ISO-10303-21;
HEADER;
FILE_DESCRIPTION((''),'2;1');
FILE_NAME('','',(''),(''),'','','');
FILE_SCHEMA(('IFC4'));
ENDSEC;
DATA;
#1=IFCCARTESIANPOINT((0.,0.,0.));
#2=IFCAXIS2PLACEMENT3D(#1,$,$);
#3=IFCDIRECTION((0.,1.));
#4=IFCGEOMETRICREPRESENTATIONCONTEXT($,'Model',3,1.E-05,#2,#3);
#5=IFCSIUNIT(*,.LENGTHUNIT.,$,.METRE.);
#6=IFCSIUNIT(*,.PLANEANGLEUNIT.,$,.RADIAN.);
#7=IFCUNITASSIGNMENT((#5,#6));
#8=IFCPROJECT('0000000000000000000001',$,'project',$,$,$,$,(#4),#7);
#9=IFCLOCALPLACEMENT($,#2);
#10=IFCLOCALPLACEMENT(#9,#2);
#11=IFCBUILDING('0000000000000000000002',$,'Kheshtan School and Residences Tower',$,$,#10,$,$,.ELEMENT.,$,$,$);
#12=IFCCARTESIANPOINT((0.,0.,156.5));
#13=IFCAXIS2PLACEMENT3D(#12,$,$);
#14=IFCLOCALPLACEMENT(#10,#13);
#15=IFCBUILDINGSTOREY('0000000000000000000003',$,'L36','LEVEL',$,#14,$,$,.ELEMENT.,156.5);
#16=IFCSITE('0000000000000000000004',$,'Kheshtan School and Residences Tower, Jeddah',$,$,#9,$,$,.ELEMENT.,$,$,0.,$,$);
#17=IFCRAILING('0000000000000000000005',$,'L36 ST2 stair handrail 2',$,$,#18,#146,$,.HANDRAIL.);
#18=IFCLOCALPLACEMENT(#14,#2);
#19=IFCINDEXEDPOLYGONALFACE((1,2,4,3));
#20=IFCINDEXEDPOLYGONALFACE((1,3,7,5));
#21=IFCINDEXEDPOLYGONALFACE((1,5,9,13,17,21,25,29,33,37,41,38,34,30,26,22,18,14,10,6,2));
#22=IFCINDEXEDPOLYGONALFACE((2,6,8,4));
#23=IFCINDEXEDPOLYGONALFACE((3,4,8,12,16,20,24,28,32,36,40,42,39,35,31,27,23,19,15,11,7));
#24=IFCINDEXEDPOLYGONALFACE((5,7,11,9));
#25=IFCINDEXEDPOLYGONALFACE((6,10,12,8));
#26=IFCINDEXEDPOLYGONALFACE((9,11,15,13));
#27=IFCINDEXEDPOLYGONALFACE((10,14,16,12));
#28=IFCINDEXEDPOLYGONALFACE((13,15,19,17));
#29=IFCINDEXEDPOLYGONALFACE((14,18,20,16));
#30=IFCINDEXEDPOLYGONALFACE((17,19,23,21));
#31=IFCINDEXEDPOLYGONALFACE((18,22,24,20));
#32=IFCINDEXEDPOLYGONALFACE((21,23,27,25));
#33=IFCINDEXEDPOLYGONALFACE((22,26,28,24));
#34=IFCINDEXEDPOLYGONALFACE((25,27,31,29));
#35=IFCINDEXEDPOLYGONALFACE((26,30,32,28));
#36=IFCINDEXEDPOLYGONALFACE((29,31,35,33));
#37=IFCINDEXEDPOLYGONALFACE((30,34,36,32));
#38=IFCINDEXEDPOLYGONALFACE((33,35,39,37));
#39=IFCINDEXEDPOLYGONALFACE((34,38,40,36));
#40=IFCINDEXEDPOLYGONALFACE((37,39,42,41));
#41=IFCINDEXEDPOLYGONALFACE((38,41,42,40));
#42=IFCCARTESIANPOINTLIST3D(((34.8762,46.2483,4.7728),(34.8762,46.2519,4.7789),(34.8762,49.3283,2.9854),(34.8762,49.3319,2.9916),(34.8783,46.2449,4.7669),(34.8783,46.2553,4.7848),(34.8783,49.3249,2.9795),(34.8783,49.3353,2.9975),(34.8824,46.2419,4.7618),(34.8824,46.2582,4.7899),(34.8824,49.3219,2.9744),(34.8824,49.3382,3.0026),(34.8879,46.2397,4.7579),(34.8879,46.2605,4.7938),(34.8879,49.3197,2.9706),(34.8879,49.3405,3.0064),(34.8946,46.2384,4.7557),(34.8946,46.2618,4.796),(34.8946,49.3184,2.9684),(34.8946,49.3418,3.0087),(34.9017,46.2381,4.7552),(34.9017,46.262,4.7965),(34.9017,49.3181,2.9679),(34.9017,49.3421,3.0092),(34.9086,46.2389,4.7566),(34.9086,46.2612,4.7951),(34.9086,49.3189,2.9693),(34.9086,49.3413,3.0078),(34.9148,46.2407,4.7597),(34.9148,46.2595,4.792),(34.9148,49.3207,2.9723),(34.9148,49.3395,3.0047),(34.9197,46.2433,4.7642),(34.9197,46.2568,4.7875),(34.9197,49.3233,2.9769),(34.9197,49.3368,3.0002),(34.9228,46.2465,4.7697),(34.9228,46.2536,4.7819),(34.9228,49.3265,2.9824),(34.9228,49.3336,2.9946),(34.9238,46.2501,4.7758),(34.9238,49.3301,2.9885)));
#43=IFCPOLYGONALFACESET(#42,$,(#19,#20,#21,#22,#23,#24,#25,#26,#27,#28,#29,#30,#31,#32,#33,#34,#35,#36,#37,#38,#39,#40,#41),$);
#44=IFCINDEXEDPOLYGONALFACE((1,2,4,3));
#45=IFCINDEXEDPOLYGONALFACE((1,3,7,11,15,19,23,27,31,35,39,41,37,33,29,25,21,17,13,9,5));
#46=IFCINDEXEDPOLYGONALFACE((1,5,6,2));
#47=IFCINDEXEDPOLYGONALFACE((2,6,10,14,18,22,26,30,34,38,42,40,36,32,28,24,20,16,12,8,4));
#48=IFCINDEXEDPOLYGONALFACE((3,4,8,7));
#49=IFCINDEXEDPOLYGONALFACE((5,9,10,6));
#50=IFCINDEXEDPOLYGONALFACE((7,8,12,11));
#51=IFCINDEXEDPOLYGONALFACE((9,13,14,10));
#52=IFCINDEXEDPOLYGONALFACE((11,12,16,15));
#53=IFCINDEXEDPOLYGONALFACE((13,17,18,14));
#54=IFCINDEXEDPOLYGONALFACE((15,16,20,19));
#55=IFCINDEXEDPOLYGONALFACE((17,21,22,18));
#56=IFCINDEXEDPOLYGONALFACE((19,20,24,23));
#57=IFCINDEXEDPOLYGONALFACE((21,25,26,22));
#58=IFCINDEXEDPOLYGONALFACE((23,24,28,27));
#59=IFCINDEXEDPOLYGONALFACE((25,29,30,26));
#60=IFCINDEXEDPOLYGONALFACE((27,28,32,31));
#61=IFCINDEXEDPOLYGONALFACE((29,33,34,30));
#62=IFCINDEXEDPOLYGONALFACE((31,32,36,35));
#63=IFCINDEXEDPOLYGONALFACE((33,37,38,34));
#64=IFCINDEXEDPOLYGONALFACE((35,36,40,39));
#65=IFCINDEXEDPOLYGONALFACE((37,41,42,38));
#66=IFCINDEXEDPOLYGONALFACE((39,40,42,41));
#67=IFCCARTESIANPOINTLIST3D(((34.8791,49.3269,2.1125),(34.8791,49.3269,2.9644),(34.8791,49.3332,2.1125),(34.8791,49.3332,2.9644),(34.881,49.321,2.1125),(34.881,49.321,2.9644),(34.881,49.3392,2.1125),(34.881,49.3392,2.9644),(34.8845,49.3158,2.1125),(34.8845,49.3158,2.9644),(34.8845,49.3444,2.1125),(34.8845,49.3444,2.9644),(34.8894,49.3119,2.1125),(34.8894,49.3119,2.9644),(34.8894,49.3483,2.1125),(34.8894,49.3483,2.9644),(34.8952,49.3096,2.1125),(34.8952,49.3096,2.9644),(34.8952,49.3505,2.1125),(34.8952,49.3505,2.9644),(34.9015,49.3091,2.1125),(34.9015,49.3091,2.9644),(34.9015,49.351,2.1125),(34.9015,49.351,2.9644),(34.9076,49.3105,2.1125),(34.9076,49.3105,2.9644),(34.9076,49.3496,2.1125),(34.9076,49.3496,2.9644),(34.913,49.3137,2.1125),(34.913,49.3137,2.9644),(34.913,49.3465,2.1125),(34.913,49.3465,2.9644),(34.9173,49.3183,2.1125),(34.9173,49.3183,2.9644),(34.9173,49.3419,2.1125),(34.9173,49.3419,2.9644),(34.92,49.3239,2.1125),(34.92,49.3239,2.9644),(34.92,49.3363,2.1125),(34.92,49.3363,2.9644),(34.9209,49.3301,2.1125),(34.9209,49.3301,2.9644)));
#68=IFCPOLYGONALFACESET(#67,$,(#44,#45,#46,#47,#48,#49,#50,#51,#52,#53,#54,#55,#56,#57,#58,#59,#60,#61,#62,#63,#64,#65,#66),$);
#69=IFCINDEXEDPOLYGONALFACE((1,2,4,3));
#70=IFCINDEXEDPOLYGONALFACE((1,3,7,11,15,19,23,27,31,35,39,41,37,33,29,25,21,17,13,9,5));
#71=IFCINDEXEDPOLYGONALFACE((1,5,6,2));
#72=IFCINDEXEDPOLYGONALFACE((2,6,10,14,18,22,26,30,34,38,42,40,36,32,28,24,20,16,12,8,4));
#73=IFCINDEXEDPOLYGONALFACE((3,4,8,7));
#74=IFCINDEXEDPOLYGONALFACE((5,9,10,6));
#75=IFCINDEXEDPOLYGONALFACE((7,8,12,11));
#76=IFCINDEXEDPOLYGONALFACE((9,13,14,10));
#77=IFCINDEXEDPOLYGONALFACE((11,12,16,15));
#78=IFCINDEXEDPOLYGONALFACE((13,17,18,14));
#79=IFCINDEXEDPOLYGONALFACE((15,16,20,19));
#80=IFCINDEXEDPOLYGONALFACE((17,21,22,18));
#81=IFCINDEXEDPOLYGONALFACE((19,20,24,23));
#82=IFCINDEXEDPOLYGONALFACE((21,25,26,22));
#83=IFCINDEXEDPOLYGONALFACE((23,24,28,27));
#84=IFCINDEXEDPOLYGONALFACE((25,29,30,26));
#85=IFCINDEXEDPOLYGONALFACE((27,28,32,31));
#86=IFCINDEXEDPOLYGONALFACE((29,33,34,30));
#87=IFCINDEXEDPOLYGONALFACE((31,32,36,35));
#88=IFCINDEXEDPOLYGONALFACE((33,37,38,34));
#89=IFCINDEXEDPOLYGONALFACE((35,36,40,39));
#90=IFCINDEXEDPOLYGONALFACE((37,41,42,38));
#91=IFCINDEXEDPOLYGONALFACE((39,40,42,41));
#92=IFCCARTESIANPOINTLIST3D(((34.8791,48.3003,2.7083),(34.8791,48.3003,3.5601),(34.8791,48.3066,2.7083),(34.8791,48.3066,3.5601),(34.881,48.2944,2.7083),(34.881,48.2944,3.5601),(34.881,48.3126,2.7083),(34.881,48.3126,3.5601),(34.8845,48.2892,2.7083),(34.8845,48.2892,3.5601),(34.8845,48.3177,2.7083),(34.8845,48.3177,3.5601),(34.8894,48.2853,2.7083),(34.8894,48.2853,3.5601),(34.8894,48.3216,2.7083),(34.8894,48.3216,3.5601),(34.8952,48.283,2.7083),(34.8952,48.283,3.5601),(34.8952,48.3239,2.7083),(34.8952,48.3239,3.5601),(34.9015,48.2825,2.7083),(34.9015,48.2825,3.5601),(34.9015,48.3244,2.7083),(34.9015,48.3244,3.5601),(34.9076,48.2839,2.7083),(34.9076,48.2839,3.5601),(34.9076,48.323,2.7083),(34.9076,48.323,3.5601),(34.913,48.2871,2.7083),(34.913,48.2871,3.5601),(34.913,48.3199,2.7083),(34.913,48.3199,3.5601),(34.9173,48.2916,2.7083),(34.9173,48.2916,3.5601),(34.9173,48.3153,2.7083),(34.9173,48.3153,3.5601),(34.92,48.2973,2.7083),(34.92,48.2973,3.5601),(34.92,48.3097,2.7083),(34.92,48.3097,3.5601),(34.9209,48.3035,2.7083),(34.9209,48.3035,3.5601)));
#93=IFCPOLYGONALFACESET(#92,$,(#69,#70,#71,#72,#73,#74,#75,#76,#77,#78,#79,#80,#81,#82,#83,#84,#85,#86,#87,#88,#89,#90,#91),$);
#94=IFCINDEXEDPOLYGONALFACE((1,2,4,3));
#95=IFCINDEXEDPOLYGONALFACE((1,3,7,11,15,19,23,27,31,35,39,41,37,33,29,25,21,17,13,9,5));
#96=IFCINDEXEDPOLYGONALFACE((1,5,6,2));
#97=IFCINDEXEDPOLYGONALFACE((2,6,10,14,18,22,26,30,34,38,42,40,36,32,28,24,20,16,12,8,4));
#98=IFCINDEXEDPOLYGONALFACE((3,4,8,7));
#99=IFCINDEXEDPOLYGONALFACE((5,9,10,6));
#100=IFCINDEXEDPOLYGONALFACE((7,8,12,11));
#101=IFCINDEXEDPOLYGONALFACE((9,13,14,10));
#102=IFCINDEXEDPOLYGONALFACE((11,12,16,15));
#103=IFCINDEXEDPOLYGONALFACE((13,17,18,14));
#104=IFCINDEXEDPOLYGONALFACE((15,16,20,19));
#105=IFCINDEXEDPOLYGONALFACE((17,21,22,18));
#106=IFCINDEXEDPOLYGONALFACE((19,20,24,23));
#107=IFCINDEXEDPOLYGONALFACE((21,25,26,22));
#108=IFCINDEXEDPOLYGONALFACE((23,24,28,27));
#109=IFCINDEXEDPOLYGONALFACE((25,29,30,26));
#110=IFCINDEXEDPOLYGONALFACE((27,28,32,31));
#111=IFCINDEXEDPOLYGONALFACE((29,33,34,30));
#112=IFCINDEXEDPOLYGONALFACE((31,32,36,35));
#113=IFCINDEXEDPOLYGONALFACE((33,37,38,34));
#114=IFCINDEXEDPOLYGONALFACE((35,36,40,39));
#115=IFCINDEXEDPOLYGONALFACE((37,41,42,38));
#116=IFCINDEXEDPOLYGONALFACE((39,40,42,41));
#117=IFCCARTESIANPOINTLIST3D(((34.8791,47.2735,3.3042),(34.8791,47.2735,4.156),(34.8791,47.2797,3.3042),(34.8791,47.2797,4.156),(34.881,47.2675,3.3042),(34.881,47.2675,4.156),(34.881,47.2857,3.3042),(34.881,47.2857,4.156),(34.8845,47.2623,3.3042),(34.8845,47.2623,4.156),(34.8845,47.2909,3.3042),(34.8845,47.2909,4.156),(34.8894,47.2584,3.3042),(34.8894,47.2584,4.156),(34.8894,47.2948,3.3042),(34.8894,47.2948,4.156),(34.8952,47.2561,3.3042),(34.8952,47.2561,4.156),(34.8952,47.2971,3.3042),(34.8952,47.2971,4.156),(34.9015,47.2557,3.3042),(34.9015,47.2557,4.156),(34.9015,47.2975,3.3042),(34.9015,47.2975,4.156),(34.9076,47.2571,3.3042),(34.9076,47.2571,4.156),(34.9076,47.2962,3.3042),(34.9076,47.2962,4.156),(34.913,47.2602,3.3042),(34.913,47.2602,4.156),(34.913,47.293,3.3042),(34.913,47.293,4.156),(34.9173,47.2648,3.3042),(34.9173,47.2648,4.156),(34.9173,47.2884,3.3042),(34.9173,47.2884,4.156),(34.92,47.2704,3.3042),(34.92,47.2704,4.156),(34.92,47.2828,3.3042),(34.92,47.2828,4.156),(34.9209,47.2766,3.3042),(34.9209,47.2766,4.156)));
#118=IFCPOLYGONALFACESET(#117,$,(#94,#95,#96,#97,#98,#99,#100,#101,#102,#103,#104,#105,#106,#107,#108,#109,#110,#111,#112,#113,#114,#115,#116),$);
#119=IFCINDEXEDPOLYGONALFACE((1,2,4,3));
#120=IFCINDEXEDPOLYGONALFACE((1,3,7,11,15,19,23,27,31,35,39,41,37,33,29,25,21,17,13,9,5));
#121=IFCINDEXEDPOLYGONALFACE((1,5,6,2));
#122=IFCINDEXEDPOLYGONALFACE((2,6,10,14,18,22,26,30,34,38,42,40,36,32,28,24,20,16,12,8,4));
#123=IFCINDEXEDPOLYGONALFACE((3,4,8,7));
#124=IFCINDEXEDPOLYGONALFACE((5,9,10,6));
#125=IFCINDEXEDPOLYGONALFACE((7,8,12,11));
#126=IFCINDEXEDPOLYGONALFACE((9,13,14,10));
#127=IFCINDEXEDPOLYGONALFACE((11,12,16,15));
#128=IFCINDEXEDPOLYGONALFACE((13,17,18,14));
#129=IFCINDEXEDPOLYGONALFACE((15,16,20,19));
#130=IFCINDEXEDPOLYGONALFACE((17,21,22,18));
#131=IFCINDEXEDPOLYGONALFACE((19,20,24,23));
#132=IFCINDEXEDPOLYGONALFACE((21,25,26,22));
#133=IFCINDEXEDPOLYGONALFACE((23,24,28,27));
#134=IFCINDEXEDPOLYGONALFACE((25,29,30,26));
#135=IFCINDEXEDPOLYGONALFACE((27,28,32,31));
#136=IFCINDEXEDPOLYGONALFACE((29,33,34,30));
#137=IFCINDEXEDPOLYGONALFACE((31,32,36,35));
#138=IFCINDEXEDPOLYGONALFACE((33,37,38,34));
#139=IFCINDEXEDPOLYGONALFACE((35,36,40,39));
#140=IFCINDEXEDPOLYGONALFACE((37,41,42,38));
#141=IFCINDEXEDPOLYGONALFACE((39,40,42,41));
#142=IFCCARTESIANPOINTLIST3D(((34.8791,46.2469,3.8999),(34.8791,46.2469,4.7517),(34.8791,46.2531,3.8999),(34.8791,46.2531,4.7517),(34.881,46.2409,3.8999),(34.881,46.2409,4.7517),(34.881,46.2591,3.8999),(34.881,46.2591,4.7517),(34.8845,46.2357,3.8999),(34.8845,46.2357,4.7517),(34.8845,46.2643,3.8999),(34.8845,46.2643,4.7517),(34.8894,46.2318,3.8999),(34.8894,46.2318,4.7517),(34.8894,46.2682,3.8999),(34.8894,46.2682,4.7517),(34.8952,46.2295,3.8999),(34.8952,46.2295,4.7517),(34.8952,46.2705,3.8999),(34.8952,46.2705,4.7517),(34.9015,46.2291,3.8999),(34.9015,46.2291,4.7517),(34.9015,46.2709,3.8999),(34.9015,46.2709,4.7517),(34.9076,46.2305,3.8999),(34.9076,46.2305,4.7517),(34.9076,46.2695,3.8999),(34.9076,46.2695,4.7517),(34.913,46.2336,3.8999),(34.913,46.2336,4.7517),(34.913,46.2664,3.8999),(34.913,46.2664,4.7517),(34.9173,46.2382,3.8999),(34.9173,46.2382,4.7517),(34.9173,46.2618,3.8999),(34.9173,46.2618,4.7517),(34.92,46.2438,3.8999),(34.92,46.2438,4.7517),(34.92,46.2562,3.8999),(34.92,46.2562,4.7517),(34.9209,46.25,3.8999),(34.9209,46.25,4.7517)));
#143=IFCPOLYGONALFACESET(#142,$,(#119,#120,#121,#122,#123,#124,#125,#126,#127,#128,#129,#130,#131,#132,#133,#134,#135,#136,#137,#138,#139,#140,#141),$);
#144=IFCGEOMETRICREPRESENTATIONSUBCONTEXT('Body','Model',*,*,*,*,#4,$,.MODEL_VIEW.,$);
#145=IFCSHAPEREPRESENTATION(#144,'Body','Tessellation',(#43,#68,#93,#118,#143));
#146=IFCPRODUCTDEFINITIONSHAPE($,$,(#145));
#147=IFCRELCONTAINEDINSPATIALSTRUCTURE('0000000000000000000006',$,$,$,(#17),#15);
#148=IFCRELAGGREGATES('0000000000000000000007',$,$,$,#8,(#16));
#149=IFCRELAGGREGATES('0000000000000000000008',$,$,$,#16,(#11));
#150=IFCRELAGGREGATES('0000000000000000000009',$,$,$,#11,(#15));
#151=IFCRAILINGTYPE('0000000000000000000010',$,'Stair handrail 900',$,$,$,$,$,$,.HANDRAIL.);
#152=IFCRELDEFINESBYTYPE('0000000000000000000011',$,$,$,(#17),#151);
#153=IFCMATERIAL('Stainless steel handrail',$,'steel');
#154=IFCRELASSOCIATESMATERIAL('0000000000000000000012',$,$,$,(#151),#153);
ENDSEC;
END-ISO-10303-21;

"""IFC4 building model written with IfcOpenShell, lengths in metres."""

from ifc_helpers import new_model, si_unit, direction, frame, origin, origin_2d, place, context, subcontext, project, spatial, circle, extrude, material, type_object, element, save


model = new_model("IFC4")

# Units and contexts
model_context = context("Model", 3, precision=1e-05, world=origin(), true_north=direction((0.0, 1.0)))
body_context = subcontext(model_context, "Body", "Model", "MODEL_VIEW")
ifc_project = project(units=[si_unit("LENGTHUNIT", "METRE"), si_unit("PLANEANGLEUNIT", "RADIAN")], contexts=[model_context])

# Site, building, storey
site_placement = place(None, origin())
site = spatial("IfcSite", under=ifc_project, at=site_placement, Name="Kheshtan School and Residences Tower, Jeddah", CompositionType="ELEMENT", RefElevation=0.0)
building_placement = place(site_placement, origin())
building = spatial("IfcBuilding", under=site, at=building_placement, Name="Kheshtan School and Residences Tower", CompositionType="ELEMENT")
storey_placement = place(building_placement, frame((0.0, 0.0, 156.5)))
storey = spatial("IfcBuildingStorey", under=building, at=storey_placement, Name="L36", Description="LEVEL", CompositionType="ELEMENT", Elevation=156.5)

# Railing
ifc_material_1 = material(Name="Stainless steel handrail", Category="steel")
railing_type_1 = type_object("IfcRailingType", Name="Stair handrail 900", PredefinedType="HANDRAIL", material=ifc_material_1)
railing_1_placement = place(storey_placement, frame((34.8999, 49.3301, 2.1125)))
element("IfcRailing", 1, at=railing_1_placement, inside=storey, type_object=railing_type_1, Name="L36 ST2 stair handrail 2", PredefinedType="HANDRAIL", context=body_context, shape_type="SweptSolid", body=[
    extrude(circle(Radius=0.0239, at=origin_2d()), frame((0.0, 0.0, 0.876), z_axis=(0.0, -0.86492, 0.501909), x_axis=(1.0, 0.0, 0.0)), (0.0, 0.0, 1.0), 3.561),
    extrude(circle(Radius=0.021, at=origin_2d()), origin(), (0.0, 0.0, 1.0), 0.8518),
    extrude(circle(Radius=0.021, at=origin_2d()), frame((0.0, -1.0266, 0.5957)), (0.0, 0.0, 1.0), 0.8518),
    extrude(circle(Radius=0.021, at=origin_2d()), frame((0.0, -2.0535, 1.1917)), (0.0, 0.0, 1.0), 0.8518),
    extrude(circle(Radius=0.021, at=origin_2d()), frame((0.0, -3.0801, 1.7874)), (0.0, 0.0, 1.0), 0.8518),
])

save(model, "model.ifc")
